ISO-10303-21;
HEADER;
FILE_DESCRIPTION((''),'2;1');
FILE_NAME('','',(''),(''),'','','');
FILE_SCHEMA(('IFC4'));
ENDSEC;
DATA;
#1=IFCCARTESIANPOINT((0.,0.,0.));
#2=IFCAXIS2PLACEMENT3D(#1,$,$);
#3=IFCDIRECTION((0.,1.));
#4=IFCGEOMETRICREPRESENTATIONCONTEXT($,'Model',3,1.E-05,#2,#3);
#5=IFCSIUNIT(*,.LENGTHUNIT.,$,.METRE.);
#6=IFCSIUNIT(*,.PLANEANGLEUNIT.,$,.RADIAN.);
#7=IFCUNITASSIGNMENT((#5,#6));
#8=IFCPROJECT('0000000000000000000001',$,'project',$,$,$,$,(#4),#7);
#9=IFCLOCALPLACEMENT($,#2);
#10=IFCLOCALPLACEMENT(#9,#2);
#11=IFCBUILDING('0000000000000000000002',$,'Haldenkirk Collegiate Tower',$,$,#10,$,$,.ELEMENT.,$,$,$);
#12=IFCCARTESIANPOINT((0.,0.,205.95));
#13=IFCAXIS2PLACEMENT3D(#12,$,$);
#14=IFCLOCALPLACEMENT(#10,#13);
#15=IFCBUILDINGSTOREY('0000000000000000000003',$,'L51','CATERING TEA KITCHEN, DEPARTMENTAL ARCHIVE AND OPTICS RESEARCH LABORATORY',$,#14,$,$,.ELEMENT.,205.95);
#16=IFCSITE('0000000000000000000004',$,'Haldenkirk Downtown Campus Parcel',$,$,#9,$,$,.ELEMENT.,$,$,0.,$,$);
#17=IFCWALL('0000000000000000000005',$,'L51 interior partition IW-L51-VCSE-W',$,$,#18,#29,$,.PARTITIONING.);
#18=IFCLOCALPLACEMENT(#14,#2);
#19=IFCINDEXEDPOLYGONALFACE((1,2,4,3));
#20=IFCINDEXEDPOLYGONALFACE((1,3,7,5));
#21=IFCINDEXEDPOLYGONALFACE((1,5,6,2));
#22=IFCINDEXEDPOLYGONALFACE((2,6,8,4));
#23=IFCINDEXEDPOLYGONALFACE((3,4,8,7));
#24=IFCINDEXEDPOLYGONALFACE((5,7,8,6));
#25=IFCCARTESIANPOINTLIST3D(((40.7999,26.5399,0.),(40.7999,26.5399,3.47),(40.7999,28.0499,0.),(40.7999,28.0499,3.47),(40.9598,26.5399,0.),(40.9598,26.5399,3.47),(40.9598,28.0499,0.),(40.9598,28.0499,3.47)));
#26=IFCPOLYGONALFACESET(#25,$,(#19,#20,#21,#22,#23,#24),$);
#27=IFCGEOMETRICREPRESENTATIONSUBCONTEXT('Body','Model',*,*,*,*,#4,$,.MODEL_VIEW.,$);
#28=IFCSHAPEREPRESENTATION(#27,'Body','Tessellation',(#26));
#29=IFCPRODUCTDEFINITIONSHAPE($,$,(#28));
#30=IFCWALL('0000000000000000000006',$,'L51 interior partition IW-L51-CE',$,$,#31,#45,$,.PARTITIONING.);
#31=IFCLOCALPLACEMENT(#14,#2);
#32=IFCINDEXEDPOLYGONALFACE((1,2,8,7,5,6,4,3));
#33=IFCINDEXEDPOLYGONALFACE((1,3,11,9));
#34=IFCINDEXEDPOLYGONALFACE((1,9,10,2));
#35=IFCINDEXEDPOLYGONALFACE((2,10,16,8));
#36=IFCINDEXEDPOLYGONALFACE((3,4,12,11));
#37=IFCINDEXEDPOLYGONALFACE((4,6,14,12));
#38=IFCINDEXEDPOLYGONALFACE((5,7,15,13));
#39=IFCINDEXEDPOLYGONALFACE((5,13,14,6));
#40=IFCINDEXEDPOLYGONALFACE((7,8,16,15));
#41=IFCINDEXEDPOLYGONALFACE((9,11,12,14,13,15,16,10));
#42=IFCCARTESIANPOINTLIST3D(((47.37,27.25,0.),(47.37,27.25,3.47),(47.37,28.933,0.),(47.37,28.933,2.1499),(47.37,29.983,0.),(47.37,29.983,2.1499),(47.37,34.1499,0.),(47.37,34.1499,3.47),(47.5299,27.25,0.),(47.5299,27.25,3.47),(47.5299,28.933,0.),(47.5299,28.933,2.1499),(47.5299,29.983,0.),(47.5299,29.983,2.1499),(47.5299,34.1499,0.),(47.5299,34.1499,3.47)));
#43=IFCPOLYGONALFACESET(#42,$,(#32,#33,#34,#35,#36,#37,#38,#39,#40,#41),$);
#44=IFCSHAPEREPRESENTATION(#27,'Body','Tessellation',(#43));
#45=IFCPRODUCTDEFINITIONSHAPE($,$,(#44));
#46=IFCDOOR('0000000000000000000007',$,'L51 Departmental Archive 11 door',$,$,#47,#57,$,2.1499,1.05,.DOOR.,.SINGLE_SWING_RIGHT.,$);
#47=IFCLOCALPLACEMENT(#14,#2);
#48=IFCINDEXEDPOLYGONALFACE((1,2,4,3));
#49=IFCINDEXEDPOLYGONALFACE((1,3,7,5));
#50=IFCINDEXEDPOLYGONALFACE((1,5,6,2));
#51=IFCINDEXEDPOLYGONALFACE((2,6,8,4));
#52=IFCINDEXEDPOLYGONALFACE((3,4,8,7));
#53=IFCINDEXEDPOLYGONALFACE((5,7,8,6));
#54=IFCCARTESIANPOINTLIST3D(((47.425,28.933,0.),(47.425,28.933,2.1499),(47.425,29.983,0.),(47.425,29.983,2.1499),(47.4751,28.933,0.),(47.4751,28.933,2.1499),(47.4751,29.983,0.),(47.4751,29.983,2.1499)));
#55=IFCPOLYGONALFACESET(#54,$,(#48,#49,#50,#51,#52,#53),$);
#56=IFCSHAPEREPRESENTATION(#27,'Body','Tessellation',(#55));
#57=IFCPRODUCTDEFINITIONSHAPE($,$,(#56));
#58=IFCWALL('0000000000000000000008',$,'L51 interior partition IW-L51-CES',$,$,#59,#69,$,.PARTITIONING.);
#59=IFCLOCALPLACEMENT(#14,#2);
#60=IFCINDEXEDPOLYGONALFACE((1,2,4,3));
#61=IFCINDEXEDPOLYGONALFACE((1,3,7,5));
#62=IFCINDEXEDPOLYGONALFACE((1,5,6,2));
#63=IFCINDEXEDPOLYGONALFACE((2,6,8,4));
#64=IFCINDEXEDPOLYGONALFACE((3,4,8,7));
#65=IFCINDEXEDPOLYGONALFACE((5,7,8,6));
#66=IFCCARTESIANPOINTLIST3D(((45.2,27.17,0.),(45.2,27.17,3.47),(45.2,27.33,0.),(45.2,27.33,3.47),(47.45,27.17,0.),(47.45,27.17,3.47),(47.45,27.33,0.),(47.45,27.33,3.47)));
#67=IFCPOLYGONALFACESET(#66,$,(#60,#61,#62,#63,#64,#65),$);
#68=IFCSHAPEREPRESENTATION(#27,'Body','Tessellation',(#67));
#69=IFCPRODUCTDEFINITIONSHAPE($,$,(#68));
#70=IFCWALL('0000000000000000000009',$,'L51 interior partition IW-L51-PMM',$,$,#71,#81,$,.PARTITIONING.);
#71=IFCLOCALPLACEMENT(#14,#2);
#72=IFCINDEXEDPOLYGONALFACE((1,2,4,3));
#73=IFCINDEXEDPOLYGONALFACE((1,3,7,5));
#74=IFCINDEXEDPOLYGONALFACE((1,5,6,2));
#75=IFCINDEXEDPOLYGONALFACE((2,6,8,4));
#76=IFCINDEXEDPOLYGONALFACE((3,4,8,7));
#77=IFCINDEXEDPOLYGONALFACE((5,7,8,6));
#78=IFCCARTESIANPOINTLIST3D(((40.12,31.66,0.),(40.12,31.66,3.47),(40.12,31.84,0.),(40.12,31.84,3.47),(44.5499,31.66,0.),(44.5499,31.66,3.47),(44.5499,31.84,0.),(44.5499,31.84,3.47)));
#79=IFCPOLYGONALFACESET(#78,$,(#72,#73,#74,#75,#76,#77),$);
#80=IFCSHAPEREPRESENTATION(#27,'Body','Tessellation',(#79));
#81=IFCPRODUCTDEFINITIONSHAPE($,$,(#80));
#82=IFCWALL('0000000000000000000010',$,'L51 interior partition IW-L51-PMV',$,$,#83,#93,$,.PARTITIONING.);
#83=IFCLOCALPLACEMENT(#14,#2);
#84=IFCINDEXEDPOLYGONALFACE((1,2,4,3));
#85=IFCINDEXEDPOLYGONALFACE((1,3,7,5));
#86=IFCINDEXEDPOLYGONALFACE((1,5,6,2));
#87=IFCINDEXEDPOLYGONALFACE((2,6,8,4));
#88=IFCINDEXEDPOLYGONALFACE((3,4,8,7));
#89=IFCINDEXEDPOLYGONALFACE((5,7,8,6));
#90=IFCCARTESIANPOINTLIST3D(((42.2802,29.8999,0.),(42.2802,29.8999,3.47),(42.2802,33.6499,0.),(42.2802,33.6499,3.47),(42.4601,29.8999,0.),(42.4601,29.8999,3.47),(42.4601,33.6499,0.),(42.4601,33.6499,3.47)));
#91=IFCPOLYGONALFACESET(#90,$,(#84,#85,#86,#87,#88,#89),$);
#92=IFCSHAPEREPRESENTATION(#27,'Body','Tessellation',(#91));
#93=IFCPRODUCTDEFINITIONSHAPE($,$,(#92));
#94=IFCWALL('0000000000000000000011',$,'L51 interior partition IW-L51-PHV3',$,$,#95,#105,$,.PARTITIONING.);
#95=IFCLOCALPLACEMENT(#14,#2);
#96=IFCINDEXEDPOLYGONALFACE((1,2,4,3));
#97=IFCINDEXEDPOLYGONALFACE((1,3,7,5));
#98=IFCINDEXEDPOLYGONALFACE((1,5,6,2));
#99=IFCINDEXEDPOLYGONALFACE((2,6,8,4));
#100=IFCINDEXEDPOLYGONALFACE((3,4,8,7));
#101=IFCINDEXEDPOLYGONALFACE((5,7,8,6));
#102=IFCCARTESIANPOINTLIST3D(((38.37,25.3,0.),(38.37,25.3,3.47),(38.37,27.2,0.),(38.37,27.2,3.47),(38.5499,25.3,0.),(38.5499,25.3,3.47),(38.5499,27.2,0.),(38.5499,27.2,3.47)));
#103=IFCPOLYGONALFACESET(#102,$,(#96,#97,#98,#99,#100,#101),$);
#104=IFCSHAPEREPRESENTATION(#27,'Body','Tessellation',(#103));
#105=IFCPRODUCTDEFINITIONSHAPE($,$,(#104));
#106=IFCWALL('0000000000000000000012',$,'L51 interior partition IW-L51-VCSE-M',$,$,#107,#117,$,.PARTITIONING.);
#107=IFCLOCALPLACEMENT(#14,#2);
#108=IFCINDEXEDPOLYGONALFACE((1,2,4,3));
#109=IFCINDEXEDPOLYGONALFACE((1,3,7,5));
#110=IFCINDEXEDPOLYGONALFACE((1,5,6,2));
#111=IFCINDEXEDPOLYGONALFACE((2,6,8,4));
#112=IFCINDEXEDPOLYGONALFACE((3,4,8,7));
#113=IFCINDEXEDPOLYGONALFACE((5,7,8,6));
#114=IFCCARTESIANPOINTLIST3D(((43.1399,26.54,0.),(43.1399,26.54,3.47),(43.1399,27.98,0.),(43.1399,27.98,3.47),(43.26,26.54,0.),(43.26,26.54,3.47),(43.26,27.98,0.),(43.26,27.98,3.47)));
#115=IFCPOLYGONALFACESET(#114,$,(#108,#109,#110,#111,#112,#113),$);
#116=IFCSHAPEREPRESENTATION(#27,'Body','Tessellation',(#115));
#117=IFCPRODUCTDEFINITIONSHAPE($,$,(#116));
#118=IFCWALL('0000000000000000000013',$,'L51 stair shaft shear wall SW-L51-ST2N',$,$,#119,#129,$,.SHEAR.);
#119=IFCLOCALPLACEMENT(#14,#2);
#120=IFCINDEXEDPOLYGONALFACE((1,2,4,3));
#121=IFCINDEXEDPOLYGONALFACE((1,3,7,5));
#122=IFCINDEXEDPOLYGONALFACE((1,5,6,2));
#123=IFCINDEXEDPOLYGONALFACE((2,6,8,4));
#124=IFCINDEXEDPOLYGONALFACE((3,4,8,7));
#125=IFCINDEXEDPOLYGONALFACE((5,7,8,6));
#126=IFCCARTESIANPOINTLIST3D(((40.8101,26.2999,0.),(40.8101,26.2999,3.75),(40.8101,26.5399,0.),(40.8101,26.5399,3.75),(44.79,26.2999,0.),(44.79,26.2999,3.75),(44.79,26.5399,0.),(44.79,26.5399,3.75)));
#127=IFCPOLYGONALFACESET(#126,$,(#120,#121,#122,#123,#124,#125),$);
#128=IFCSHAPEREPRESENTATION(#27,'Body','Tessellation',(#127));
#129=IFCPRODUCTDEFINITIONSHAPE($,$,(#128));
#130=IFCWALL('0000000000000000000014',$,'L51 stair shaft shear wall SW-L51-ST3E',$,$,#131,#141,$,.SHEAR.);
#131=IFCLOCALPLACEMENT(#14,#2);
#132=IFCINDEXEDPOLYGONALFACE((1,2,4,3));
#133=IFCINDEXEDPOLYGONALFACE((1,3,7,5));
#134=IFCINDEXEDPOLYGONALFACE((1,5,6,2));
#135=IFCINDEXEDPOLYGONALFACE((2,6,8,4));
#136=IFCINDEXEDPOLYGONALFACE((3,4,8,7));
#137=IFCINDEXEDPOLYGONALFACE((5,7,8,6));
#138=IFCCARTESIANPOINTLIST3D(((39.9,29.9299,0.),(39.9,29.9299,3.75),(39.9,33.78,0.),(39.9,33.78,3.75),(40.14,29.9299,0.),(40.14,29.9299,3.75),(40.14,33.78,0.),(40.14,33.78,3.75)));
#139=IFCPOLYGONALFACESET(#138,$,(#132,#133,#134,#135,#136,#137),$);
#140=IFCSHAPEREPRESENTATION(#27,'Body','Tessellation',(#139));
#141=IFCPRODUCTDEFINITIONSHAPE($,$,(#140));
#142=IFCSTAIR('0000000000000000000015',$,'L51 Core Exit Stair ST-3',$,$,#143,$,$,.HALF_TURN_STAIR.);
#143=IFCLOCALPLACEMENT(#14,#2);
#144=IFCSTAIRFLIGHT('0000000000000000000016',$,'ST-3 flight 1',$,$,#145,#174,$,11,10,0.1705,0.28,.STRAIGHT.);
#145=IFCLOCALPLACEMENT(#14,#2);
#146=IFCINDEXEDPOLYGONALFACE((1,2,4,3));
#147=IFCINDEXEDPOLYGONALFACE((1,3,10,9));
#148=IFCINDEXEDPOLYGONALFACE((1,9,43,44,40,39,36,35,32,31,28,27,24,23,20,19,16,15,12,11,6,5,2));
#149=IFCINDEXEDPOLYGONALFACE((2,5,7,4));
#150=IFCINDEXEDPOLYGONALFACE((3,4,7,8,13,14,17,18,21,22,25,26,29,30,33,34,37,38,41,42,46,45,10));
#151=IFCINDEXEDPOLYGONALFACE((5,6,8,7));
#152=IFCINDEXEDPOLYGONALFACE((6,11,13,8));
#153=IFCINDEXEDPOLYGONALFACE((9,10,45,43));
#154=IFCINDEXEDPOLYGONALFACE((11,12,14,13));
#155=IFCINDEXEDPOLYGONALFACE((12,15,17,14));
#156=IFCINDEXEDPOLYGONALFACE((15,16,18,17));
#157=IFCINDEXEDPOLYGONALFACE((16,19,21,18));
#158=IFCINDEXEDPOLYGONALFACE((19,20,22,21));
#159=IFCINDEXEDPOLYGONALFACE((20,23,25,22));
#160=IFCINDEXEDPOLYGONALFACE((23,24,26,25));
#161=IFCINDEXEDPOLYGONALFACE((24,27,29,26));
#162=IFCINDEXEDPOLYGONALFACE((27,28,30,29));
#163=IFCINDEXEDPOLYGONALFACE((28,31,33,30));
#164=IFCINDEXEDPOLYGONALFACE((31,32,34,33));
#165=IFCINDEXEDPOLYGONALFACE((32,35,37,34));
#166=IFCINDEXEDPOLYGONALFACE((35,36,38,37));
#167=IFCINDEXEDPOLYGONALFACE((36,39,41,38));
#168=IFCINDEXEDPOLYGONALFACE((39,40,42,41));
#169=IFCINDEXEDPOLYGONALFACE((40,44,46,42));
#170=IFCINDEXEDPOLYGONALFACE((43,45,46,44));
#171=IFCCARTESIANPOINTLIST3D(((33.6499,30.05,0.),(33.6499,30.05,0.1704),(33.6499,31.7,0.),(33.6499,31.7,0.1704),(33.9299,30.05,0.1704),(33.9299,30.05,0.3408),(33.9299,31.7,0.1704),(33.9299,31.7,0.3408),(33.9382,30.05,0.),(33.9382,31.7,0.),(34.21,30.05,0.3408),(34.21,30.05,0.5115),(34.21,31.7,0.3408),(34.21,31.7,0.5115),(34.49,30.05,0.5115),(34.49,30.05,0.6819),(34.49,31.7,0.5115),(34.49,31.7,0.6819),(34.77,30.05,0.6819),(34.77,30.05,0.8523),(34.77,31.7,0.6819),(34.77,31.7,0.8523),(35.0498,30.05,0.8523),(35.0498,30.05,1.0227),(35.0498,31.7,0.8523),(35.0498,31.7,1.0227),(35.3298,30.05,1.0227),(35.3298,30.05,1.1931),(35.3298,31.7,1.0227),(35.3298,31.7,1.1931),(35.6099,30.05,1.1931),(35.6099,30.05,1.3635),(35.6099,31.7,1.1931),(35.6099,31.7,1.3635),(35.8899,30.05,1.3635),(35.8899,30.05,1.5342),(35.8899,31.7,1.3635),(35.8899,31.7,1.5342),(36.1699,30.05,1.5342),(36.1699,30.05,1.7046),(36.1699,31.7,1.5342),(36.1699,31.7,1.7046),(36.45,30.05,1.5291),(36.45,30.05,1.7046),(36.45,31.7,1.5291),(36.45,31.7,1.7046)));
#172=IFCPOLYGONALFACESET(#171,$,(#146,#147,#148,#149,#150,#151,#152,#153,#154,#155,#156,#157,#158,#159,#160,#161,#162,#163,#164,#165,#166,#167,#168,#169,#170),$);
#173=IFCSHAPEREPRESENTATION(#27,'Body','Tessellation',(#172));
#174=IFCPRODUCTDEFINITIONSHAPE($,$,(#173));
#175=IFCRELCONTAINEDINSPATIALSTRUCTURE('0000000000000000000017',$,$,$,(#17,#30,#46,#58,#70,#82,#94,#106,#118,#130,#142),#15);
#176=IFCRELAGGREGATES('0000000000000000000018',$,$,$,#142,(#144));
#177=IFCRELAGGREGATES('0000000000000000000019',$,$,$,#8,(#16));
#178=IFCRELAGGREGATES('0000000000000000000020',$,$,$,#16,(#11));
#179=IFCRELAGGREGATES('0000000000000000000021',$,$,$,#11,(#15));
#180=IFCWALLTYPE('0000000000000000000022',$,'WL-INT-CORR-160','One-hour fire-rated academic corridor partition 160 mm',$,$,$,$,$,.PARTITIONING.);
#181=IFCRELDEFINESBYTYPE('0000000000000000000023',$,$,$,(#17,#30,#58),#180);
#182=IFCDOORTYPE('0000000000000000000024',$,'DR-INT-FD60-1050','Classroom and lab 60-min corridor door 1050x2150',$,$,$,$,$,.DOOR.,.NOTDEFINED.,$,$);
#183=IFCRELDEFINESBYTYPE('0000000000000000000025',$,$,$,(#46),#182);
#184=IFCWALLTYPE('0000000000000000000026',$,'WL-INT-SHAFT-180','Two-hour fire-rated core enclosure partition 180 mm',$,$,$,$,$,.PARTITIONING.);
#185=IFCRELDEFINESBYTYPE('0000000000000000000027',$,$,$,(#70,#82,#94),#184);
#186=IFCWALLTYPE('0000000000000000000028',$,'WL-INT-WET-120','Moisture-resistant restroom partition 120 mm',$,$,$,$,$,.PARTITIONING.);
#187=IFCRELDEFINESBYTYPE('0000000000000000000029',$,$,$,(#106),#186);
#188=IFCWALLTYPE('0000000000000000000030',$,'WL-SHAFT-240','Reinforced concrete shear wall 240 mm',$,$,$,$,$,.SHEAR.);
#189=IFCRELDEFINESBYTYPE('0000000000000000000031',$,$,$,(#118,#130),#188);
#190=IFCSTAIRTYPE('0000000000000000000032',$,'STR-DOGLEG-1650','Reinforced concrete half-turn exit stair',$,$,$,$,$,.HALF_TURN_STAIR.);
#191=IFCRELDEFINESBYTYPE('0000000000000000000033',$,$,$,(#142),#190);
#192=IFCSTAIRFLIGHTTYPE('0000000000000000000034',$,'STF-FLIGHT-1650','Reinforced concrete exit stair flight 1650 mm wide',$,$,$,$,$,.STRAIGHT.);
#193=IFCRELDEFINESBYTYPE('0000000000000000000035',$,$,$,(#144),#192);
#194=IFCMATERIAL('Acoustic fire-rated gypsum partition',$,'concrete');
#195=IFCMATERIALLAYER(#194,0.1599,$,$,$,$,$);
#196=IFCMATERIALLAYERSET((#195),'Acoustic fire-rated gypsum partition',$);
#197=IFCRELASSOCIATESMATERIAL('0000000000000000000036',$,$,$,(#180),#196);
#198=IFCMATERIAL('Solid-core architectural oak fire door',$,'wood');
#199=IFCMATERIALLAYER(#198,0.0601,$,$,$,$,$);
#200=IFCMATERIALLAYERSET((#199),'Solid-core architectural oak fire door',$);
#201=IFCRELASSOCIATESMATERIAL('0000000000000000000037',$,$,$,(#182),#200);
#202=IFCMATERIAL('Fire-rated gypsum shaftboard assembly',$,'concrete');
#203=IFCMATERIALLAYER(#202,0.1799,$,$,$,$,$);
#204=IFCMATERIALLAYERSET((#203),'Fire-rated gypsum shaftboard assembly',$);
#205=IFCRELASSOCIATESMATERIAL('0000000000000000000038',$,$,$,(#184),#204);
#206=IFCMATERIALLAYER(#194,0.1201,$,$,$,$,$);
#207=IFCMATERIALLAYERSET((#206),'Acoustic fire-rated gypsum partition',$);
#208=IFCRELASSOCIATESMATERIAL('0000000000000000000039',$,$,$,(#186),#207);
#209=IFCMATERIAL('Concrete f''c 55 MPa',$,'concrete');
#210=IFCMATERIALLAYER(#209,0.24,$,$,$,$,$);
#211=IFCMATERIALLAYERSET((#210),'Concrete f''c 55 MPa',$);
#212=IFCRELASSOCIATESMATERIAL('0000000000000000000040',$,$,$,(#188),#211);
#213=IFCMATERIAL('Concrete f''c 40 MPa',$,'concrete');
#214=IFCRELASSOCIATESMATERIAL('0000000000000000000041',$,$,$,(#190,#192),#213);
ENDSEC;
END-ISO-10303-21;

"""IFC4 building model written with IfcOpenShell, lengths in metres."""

from ifc_helpers import new_model, si_unit, direction, frame, frame_2d, origin, place, context, subcontext, project, spatial, polyline, rectangle, outline, extrude, material, layer, layer_set, type_object, element, fill, aggregate, save


model = new_model("IFC4")

# Units and contexts
model_context = context("Model", 3, precision=1e-05, world=origin(), true_north=direction((0.0, 1.0)))
body_context = subcontext(model_context, "Body", "Model", "MODEL_VIEW")
ifc_project = project(units=[si_unit("LENGTHUNIT", "METRE"), si_unit("PLANEANGLEUNIT", "RADIAN")], contexts=[model_context])

# Site, building, storey
site_placement = place(None, origin())
site = spatial("IfcSite", under=ifc_project, at=site_placement, Name="Haldenkirk Downtown Campus Parcel", CompositionType="ELEMENT", RefElevation=0.0)
building_placement = place(site_placement, origin())
building = spatial("IfcBuilding", under=site, at=building_placement, Name="Haldenkirk Collegiate Tower", CompositionType="ELEMENT")
storey_placement = place(building_placement, frame((0.0, 0.0, 205.95)))
storey = spatial("IfcBuildingStorey", under=building, at=storey_placement, Name="L51", Description="CATERING TEA KITCHEN, DEPARTMENTAL ARCHIVE AND OPTICS RESEARCH LABORATORY", CompositionType="ELEMENT", Elevation=205.95)

# Shared definitions
ifc_material_1 = material(Name="Acoustic fire-rated gypsum partition", Category="concrete")
ifc_layer_1 = layer(ifc_material_1, 0.1599)
ifc_layer_set_1 = layer_set([ifc_layer_1], Name="Acoustic fire-rated gypsum partition")
wall_type_1 = type_object("IfcWallType", Name="WL-INT-CORR-160", Description="One-hour fire-rated academic corridor partition 160 mm", PredefinedType="PARTITIONING", material=ifc_layer_set_1)
ifc_material_2 = material(Name="Solid-core architectural oak fire door", Category="wood")

# Wall
wall_1_placement = place(storey_placement, frame((40.8799, 26.54, 0.0), z_axis=(0.0, 0.0, 1.0), x_axis=(0.0, 1.0, 0.0)))
element("IfcWall", 1, at=wall_1_placement, inside=storey, type_object=wall_type_1, Name="L51 interior partition IW-L51-VCSE-W", PredefinedType="PARTITIONING", context=body_context, shape_type="SweptSolid", body=[
    extrude(rectangle(XDim=1.51, YDim=0.1599, at=frame_2d((0.7549, 0.0))), origin(), (0.0, 0.0, 1.0), 3.47),
])

# Wall, opening, door
wall_2_placement = place(storey_placement, frame((47.45, 27.25, 0.0), z_axis=(0.0, 0.0, 1.0), x_axis=(0.0, 1.0, 0.0)))
wall_2 = element("IfcWall", 2, at=wall_2_placement, inside=storey, type_object=wall_type_1, Name="L51 interior partition IW-L51-CE", PredefinedType="PARTITIONING", context=body_context, shape_type="SweptSolid", body=[
    extrude(rectangle(XDim=6.8999, YDim=0.1599, at=frame_2d((3.45, 0.0))), origin(), (0.0, 0.0, 1.0), 3.47),
])
opening_1_placement = place(wall_2_placement, frame((1.6831, 0.0, 0.0)))
opening_1 = element("IfcOpeningElement", 3, at=opening_1_placement, cuts=wall_2, PredefinedType="OPENING", context=body_context, shape_type="SweptSolid", body=[
    extrude(rectangle(XDim=1.05, YDim=2.1499, at=frame_2d((0.5249, 1.075))), frame((0.0, 0.0898, 0.0), z_axis=(0.0, -1.0, 0.0), x_axis=(1.0, 0.0, 0.0)), (0.0, 0.0, 1.0), 0.1799),
])
ifc_layer_2 = layer(ifc_material_2, 0.0601)
ifc_layer_set_2 = layer_set([ifc_layer_2], Name="Solid-core architectural oak fire door")
door_type_1 = type_object("IfcDoorType", Name="DR-INT-FD60-1050", Description="Classroom and lab 60-min corridor door 1050x2150", OperationType="NOTDEFINED", PredefinedType="DOOR", material=ifc_layer_set_2)
door_1_placement = place(opening_1_placement, origin())
door_1 = element("IfcDoor", 4, at=door_1_placement, inside=storey, type_object=door_type_1, Name="L51 Departmental Archive 11 door", OperationType="SINGLE_SWING_RIGHT", OverallHeight=2.1499, OverallWidth=1.05, PredefinedType="DOOR", context=body_context, shape_type="SweptSolid", body=[
    extrude(rectangle(XDim=1.05, YDim=2.1499, at=frame_2d((0.5249, 1.075))), frame((0.0, 0.0249, 0.0), z_axis=(0.0, -1.0, 0.0), x_axis=(1.0, 0.0, 0.0)), (0.0, 0.0, 1.0), 0.05),
])
fill(opening_1, door_1)

# Wall
wall_3_placement = place(storey_placement, frame((45.2, 27.25, 0.0), z_axis=(0.0, 0.0, 1.0), x_axis=(1.0, 0.0, 0.0)))
element("IfcWall", 5, at=wall_3_placement, inside=storey, type_object=wall_type_1, Name="L51 interior partition IW-L51-CES", PredefinedType="PARTITIONING", context=body_context, shape_type="SweptSolid", body=[
    extrude(rectangle(XDim=2.25, YDim=0.1599, at=frame_2d((1.125, 0.0))), origin(), (0.0, 0.0, 1.0), 3.47),
])

# Shared definitions
ifc_material_3 = material(Name="Fire-rated gypsum shaftboard assembly", Category="concrete")
ifc_layer_3 = layer(ifc_material_3, 0.1799)
ifc_layer_set_3 = layer_set([ifc_layer_3], Name="Fire-rated gypsum shaftboard assembly")
wall_type_2 = type_object("IfcWallType", Name="WL-INT-SHAFT-180", Description="Two-hour fire-rated core enclosure partition 180 mm", PredefinedType="PARTITIONING", material=ifc_layer_set_3)

# Walls
wall_4_placement = place(storey_placement, frame((40.1201, 31.75, 0.0), z_axis=(0.0, 0.0, 1.0), x_axis=(1.0, 0.0, 0.0)))
element("IfcWall", 6, at=wall_4_placement, inside=storey, type_object=wall_type_2, Name="L51 interior partition IW-L51-PMM", PredefinedType="PARTITIONING", context=body_context, shape_type="SweptSolid", body=[
    extrude(rectangle(XDim=4.4299, YDim=0.1799, at=frame_2d((2.2148, 0.0))), origin(), (0.0, 0.0, 1.0), 3.47),
])
wall_5_placement = place(storey_placement, frame((42.3701, 29.8999, 0.0), z_axis=(0.0, 0.0, 1.0), x_axis=(0.0, 1.0, 0.0)))
element("IfcWall", 7, at=wall_5_placement, inside=storey, type_object=wall_type_2, Name="L51 interior partition IW-L51-PMV", PredefinedType="PARTITIONING", context=body_context, shape_type="SweptSolid", body=[
    extrude(rectangle(XDim=3.75, YDim=0.1799, at=frame_2d((1.875, 0.0))), origin(), (0.0, 0.0, 1.0), 3.47),
])
wall_6_placement = place(storey_placement, frame((38.46, 25.3, 0.0), z_axis=(0.0, 0.0, 1.0), x_axis=(0.0, 1.0, 0.0)))
element("IfcWall", 8, at=wall_6_placement, inside=storey, type_object=wall_type_2, Name="L51 interior partition IW-L51-PHV3", PredefinedType="PARTITIONING", context=body_context, shape_type="SweptSolid", body=[
    extrude(rectangle(XDim=1.8999, YDim=0.1799, at=frame_2d((0.95, 0.0))), origin(), (0.0, 0.0, 1.0), 3.47),
])
ifc_layer_4 = layer(ifc_material_1, 0.1201)
ifc_layer_set_4 = layer_set([ifc_layer_4], Name="Acoustic fire-rated gypsum partition")
wall_type_3 = type_object("IfcWallType", Name="WL-INT-WET-120", Description="Moisture-resistant restroom partition 120 mm", PredefinedType="PARTITIONING", material=ifc_layer_set_4)
wall_7_placement = place(storey_placement, frame((43.2, 26.54, 0.0), z_axis=(0.0, 0.0, 1.0), x_axis=(0.0, 1.0, 0.0)))
element("IfcWall", 9, at=wall_7_placement, inside=storey, type_object=wall_type_3, Name="L51 interior partition IW-L51-VCSE-M", PredefinedType="PARTITIONING", context=body_context, shape_type="SweptSolid", body=[
    extrude(rectangle(XDim=1.4399, YDim=0.1201, at=frame_2d((0.72, 0.0))), origin(), (0.0, 0.0, 1.0), 3.47),
])
ifc_material_4 = material(Name="Concrete f'c 55 MPa", Category="concrete")
ifc_layer_5 = layer(ifc_material_4, 0.24)
ifc_layer_set_5 = layer_set([ifc_layer_5], Name="Concrete f'c 55 MPa")
wall_type_4 = type_object("IfcWallType", Name="WL-SHAFT-240", Description="Reinforced concrete shear wall 240 mm", PredefinedType="SHEAR", material=ifc_layer_set_5)
wall_8_placement = place(storey_placement, frame((40.8101, 26.4199, 0.0), z_axis=(0.0, 0.0, 1.0), x_axis=(1.0, 0.0, 0.0)))
element("IfcWall", 10, at=wall_8_placement, inside=storey, type_object=wall_type_4, Name="L51 stair shaft shear wall SW-L51-ST2N", PredefinedType="SHEAR", context=body_context, shape_type="SweptSolid", body=[
    extrude(rectangle(XDim=3.98, YDim=0.24, at=frame_2d((1.99, 0.0))), origin(), (0.0, 0.0, 1.0), 3.75),
])
wall_9_placement = place(storey_placement, frame((40.02, 29.9299, 0.0), z_axis=(0.0, 0.0, 1.0), x_axis=(0.0, 1.0, 0.0)))
element("IfcWall", 11, at=wall_9_placement, inside=storey, type_object=wall_type_4, Name="L51 stair shaft shear wall SW-L51-ST3E", PredefinedType="SHEAR", context=body_context, shape_type="SweptSolid", body=[
    extrude(rectangle(XDim=3.8501, YDim=0.24, at=frame_2d((1.925, 0.0))), origin(), (0.0, 0.0, 1.0), 3.75),
])

# Stair, stair flight
ifc_material_5 = material(Name="Concrete f'c 40 MPa", Category="concrete")
stair_type = type_object("IfcStairType", Name="STR-DOGLEG-1650", Description="Reinforced concrete half-turn exit stair", PredefinedType="HALF_TURN_STAIR", material=ifc_material_5)
stair_placement = place(storey_placement, origin())
stair = element("IfcStair", 12, at=stair_placement, inside=storey, type_object=stair_type, Name="L51 Core Exit Stair ST-3", PredefinedType="HALF_TURN_STAIR")
stair_flight_type = type_object("IfcStairFlightType", Name="STF-FLIGHT-1650", Description="Reinforced concrete exit stair flight 1650 mm wide", PredefinedType="STRAIGHT", material=ifc_material_5)
stair_flight_1_placement = place(storey_placement, frame((33.6499, 30.875, 0.0), z_axis=(0.0, 0.0, 1.0), x_axis=(1.0, 0.0, 0.0)))
stair_flight_1 = element("IfcStairFlight", 13, at=stair_flight_1_placement, type_object=stair_flight_type, Name="ST-3 flight 1", NumberOfRisers=11, NumberOfTreads=10, PredefinedType="STRAIGHT", RiserHeight=0.1705, TreadLength=0.28, context=body_context, shape_type="SweptSolid", body=[
    extrude(outline(polyline([(0.0, 0.0), (0.0, 0.1704), (0.28, 0.1704), (0.28, 0.3408), (0.5601, 0.3408), (0.5601, 0.5115), (0.8401, 0.5115), (0.8401, 0.6819), (1.1201, 0.6819), (1.1201, 0.8523), (1.3999, 0.8523), (1.3999, 1.0227), (1.6799, 1.0227), (1.6799, 1.1931), (1.96, 1.1931), (1.96, 1.3635), (2.24, 1.3635), (2.24, 1.5342), (2.52, 1.5342), (2.52, 1.7046), (2.8, 1.7046), (2.8, 1.875), (2.8, 1.5291), (0.2883, 0.0), (0.0, 0.0)])), frame((0.0, 0.825, 0.0), z_axis=(0.0, -1.0, 0.0), x_axis=(1.0, 0.0, 0.0)), (0.0, 0.0, 1.0), 1.6499),
])
aggregate(stair, [stair_flight_1])

save(model, "model.ifc")
